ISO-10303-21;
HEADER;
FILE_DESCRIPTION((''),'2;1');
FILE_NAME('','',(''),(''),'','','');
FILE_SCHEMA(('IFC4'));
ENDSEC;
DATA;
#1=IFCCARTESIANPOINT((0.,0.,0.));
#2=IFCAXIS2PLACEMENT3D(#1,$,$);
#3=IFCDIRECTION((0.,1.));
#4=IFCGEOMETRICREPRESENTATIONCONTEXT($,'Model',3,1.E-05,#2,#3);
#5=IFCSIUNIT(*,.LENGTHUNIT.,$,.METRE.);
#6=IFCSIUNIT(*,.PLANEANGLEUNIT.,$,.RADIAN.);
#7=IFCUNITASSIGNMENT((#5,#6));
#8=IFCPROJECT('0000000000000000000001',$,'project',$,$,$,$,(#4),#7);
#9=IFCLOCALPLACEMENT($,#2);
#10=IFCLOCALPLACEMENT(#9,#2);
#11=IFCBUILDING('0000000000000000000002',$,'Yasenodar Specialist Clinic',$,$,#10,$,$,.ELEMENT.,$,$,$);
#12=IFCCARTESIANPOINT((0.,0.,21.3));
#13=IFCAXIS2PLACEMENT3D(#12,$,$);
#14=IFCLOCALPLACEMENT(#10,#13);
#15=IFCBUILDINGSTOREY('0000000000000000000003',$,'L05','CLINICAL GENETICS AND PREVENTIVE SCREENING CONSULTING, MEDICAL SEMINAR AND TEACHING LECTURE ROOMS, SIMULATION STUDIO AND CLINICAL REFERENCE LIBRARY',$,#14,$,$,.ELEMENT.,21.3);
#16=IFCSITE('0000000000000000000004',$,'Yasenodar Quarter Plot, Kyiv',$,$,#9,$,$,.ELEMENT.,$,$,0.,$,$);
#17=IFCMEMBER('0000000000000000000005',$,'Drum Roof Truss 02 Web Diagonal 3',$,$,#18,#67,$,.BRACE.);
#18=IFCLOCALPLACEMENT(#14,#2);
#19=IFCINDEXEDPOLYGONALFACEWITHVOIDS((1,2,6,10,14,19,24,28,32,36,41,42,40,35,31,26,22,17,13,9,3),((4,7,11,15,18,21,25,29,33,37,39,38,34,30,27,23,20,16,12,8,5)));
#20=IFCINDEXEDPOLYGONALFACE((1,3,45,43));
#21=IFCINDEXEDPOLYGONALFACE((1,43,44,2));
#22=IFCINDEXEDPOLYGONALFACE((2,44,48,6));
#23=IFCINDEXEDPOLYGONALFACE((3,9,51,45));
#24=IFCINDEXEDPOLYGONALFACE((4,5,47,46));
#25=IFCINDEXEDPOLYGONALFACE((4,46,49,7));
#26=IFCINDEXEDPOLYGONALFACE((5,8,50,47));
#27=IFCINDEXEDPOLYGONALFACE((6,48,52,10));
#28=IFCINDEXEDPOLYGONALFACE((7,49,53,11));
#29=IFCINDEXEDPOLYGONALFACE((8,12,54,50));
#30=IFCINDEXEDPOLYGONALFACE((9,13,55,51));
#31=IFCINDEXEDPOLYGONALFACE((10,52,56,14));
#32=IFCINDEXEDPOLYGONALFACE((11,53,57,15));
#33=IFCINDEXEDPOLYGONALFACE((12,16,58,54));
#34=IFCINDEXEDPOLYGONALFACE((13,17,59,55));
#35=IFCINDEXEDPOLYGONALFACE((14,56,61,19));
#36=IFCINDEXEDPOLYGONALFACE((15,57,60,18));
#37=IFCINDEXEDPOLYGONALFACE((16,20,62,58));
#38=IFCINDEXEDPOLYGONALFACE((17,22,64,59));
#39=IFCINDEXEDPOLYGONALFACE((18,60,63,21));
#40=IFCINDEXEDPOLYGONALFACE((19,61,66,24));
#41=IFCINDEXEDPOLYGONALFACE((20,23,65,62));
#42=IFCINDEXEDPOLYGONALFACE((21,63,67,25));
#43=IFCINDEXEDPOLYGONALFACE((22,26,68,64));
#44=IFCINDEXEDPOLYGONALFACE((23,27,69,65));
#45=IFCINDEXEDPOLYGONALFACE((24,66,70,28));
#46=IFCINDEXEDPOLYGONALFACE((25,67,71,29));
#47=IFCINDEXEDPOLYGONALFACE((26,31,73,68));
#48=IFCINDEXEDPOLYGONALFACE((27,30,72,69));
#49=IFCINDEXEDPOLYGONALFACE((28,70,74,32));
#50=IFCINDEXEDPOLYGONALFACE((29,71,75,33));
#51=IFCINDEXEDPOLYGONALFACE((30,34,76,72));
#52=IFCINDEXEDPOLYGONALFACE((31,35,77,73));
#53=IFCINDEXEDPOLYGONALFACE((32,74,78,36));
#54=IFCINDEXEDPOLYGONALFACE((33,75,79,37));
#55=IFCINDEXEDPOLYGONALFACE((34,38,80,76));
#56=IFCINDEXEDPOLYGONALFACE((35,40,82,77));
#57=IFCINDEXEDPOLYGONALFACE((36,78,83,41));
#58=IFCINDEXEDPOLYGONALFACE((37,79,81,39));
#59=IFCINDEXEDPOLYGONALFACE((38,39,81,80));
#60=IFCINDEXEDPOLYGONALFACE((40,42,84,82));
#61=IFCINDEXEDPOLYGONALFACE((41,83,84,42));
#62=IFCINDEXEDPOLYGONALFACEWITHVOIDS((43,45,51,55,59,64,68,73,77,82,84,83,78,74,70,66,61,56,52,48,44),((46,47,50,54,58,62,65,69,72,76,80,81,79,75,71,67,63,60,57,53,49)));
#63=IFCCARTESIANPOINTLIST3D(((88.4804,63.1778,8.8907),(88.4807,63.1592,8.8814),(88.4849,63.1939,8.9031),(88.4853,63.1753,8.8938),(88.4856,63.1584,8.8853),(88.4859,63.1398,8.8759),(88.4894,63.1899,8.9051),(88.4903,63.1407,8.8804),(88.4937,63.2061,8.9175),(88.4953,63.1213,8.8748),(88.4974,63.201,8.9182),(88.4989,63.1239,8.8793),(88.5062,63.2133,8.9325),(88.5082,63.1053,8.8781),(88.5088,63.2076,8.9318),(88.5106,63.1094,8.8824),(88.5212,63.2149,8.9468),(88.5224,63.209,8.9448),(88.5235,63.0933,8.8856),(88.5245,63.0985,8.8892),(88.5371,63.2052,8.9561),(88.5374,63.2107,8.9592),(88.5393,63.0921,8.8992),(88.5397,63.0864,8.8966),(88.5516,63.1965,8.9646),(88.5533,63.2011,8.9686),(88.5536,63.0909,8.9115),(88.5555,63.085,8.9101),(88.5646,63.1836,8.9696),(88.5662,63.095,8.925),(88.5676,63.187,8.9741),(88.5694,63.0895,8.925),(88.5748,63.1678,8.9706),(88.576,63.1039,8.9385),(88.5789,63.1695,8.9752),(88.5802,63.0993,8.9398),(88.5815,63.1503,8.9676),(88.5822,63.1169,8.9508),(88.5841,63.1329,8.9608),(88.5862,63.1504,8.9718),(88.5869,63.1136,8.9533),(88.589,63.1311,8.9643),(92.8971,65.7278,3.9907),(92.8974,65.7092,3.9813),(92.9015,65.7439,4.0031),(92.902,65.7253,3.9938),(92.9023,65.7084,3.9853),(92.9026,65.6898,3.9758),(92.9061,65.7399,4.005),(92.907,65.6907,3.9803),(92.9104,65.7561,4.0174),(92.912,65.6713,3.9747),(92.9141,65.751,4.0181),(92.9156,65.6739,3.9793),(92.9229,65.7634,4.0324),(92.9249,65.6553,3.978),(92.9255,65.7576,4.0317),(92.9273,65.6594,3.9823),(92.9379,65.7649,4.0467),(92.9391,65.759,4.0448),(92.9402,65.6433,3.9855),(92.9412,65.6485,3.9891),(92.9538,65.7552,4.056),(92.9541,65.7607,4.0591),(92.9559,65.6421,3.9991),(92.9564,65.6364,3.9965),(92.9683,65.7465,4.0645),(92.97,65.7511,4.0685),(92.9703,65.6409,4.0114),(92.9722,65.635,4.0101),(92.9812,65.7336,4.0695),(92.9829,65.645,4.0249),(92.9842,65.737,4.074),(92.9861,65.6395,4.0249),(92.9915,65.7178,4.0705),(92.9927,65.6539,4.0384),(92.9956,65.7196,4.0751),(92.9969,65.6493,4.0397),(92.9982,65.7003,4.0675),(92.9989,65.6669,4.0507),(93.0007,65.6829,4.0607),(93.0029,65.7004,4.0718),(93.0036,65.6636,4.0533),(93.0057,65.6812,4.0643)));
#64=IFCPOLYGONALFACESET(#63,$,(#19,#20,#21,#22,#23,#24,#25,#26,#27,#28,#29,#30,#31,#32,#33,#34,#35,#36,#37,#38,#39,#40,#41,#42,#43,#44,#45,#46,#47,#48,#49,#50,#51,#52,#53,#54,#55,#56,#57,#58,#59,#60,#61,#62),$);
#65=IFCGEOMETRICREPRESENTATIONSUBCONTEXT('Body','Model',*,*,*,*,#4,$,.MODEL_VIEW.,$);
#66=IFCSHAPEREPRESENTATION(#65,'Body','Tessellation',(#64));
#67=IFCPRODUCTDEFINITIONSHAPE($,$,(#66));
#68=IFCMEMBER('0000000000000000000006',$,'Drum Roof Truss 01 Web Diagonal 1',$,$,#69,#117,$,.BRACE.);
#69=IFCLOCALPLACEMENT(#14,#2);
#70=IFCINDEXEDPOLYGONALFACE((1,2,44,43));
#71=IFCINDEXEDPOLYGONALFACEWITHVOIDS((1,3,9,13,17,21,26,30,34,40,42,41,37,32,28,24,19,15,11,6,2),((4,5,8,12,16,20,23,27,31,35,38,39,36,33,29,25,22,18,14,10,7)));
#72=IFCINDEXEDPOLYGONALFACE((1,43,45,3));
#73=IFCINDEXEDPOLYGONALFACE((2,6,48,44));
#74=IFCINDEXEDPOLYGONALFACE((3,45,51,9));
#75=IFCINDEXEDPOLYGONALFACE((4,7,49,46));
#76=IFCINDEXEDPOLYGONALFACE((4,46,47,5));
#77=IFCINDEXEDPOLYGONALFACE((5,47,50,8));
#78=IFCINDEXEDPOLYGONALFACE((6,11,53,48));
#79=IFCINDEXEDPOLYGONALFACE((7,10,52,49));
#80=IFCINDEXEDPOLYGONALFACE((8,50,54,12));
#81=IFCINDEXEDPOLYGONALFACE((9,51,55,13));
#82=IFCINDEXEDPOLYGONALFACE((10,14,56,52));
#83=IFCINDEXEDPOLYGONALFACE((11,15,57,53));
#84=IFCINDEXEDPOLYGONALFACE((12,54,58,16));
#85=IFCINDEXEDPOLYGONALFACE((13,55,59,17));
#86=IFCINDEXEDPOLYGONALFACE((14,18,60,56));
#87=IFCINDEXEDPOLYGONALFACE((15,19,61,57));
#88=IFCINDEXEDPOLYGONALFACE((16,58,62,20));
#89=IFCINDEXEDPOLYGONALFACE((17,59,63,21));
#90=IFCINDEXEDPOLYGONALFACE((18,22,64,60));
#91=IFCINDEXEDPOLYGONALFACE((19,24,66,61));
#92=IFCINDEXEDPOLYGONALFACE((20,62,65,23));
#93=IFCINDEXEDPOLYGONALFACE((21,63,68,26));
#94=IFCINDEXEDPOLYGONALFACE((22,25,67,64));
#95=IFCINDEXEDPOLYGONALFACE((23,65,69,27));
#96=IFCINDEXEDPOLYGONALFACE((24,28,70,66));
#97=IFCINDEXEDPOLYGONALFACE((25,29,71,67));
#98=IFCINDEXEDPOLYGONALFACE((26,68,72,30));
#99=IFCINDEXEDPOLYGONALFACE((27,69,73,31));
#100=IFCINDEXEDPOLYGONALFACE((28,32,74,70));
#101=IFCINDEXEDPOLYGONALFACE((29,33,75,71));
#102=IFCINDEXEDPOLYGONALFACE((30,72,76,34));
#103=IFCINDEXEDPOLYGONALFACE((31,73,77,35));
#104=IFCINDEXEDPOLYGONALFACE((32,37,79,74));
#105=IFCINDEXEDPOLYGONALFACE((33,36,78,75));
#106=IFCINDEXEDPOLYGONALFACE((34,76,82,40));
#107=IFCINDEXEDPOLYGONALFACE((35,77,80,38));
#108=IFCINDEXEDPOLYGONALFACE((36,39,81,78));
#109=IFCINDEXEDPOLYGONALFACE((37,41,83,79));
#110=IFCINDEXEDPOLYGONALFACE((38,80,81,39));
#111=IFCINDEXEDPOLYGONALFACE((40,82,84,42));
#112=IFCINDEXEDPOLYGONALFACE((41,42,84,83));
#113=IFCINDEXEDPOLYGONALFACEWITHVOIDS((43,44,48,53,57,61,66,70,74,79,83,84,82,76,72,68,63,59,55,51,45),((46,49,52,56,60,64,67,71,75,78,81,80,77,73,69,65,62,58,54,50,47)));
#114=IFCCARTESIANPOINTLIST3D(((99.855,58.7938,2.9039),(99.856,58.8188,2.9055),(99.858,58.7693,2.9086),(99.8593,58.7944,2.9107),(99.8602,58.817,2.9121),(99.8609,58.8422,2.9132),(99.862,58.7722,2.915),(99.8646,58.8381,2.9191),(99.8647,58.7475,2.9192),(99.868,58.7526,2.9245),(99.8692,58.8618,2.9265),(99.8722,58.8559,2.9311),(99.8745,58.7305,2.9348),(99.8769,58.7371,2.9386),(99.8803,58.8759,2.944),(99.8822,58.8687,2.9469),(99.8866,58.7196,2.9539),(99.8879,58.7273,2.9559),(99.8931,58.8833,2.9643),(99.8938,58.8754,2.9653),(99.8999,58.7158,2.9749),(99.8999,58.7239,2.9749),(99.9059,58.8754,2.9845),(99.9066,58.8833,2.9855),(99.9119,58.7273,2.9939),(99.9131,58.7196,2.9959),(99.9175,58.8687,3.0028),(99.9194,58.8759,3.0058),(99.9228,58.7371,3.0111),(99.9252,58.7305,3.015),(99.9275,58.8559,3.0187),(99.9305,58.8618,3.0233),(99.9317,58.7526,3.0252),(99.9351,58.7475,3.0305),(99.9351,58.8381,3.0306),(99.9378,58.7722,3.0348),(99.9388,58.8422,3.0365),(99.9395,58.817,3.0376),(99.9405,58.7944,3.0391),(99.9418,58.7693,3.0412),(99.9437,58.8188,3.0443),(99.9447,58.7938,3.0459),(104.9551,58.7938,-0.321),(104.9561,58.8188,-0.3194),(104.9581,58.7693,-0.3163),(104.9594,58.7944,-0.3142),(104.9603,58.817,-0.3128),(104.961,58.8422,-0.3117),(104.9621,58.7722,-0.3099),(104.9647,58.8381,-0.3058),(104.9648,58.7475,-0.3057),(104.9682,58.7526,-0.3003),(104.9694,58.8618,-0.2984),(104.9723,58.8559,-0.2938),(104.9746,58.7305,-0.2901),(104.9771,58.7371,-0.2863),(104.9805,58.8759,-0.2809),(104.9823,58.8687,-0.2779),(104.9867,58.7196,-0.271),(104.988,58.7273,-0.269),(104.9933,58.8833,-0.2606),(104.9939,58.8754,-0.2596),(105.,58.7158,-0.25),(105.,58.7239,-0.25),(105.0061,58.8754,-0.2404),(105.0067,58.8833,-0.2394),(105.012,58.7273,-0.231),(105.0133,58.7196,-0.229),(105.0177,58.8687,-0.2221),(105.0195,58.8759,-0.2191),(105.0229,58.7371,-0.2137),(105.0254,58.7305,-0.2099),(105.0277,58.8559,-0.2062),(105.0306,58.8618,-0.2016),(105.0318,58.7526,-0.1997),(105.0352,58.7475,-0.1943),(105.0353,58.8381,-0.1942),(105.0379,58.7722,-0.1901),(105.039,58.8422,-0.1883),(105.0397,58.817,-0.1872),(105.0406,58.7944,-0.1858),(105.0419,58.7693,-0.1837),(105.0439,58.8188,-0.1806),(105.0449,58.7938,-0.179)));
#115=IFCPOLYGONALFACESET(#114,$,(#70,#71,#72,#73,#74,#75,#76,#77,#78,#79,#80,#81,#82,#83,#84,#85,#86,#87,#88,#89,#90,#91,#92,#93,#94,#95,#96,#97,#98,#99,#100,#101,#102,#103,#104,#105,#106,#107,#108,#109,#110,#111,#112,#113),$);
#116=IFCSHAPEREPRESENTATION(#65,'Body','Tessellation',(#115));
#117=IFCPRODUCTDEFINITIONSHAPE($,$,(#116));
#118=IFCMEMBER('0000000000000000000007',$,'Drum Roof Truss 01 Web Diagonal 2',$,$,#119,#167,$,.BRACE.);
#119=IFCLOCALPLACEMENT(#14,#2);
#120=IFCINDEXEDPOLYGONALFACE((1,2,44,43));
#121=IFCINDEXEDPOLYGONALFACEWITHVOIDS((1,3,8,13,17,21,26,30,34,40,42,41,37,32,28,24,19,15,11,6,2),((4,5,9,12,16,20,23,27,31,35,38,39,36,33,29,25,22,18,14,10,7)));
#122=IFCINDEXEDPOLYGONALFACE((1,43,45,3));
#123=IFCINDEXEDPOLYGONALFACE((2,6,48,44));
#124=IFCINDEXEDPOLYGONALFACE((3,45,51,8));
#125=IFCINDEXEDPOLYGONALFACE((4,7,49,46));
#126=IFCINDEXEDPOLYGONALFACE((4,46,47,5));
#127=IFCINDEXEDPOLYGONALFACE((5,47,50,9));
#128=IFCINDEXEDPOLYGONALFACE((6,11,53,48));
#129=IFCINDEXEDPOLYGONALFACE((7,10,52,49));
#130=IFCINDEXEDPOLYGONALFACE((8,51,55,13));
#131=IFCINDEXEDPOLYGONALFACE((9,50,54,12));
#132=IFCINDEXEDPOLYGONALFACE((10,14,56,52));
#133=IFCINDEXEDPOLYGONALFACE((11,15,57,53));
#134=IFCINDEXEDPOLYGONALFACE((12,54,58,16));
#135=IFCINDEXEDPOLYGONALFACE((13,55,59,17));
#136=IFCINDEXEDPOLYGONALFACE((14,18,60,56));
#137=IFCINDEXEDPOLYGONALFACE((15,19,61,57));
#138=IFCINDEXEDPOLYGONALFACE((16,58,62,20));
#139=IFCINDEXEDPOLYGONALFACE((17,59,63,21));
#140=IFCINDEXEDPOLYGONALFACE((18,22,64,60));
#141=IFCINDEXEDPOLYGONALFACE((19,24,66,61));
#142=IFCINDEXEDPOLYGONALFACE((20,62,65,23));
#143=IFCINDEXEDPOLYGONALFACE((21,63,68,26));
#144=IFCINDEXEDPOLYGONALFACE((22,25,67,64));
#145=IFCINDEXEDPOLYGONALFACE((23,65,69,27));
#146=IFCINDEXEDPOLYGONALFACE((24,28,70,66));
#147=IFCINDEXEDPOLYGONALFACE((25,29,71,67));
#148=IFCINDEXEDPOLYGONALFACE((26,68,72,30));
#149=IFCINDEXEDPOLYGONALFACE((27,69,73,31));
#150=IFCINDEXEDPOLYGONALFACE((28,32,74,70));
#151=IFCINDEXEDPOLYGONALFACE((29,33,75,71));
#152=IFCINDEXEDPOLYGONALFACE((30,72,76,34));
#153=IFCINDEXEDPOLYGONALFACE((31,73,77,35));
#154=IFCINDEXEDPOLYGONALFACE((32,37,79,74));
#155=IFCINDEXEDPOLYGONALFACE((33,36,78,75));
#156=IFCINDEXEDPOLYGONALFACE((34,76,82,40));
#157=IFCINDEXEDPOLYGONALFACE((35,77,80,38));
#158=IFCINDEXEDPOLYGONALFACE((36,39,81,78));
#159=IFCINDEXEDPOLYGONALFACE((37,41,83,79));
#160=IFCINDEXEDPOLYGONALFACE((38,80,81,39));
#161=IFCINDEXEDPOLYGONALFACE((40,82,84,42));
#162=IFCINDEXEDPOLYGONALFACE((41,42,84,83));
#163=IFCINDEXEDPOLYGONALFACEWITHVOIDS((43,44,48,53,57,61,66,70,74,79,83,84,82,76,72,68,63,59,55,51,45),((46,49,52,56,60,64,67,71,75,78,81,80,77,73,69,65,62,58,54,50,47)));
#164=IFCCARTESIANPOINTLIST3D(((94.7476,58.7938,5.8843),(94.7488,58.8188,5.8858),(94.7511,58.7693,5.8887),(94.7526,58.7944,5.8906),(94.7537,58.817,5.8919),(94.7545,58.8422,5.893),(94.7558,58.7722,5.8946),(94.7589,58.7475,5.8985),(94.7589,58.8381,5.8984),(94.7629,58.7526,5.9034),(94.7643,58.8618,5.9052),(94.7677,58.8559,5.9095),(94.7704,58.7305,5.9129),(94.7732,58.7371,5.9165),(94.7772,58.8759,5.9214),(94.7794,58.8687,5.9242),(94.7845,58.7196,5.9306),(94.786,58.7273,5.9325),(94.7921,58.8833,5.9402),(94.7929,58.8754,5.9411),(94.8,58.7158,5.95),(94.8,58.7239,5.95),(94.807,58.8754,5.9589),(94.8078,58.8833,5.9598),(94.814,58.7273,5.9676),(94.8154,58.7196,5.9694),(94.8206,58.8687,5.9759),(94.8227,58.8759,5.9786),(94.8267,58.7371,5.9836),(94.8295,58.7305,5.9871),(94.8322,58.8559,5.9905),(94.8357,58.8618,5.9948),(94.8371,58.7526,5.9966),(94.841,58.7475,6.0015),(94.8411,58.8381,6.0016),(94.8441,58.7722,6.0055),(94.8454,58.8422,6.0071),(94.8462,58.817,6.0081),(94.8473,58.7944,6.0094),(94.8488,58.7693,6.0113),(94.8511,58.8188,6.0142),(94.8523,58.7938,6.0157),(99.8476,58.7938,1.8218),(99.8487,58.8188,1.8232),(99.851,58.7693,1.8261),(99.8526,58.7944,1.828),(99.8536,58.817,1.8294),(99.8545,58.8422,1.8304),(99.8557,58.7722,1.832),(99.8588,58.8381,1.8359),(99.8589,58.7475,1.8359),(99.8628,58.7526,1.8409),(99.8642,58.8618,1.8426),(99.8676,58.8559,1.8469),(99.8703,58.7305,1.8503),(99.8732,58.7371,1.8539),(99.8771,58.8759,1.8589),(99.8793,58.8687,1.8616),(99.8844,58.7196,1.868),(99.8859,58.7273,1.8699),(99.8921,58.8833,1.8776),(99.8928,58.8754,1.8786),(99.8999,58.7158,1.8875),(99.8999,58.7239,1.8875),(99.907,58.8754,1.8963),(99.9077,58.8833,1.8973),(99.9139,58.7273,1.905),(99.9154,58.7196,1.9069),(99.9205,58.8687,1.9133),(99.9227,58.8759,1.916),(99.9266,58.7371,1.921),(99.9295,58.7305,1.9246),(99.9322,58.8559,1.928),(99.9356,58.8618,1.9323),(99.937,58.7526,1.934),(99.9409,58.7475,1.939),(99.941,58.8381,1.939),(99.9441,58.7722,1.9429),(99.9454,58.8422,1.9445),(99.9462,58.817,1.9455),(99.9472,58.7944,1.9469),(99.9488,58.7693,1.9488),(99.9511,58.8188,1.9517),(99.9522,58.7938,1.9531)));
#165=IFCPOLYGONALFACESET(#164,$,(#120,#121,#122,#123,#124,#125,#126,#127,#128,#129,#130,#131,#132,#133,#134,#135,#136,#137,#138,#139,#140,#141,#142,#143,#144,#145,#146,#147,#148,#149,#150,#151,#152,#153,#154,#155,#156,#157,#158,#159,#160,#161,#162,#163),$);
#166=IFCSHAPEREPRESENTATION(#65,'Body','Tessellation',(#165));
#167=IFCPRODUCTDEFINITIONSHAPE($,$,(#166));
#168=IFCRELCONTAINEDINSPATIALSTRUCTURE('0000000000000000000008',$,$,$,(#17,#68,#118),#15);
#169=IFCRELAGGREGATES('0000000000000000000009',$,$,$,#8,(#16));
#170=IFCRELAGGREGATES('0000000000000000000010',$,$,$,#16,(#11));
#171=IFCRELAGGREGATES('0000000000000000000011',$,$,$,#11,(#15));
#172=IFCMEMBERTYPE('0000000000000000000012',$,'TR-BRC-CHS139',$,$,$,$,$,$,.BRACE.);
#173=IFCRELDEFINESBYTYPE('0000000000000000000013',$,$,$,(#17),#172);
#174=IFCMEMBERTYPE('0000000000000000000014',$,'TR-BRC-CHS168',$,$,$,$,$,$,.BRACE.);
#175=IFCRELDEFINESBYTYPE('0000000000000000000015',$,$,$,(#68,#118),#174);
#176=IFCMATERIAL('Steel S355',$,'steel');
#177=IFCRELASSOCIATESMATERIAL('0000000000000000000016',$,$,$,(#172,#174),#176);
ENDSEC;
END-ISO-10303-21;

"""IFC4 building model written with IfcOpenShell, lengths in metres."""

from ifc_helpers import new_model, si_unit, direction, frame, origin, origin_2d, place, context, subcontext, project, spatial, hollow_circle, extrude, material, material_profile, profile_set, type_object, element, save


model = new_model("IFC4")

# Units and contexts
model_context = context("Model", 3, precision=1e-05, world=origin(), true_north=direction((0.0, 1.0)))
body_context = subcontext(model_context, "Body", "Model", "MODEL_VIEW")
ifc_project = project(units=[si_unit("LENGTHUNIT", "METRE"), si_unit("PLANEANGLEUNIT", "RADIAN")], contexts=[model_context])

# Site, building, storey
site_placement = place(None, origin())
site = spatial("IfcSite", under=ifc_project, at=site_placement, Name="Yasenodar Quarter Plot, Kyiv", CompositionType="ELEMENT", RefElevation=0.0)
building_placement = place(site_placement, origin())
building = spatial("IfcBuilding", under=site, at=building_placement, Name="Yasenodar Specialist Clinic", CompositionType="ELEMENT")
storey_placement = place(building_placement, frame((0.0, 0.0, 21.3)))
storey = spatial("IfcBuildingStorey", under=building, at=storey_placement, Name="L05", Description="CLINICAL GENETICS AND PREVENTIVE SCREENING CONSULTING, MEDICAL SEMINAR AND TEACHING LECTURE ROOMS, SIMULATION STUDIO AND CLINICAL REFERENCE LIBRARY", CompositionType="ELEMENT", Elevation=21.3)

# Members
ifc_material = material(Name="Steel S355", Category="steel")
ifc_material_profile_1 = material_profile(ifc_material, hollow_circle(Radius=0.0698, WallThickness=0.0063, at=origin_2d()), Name="CHS 139.7x6.3")
ifc_profile_set_1 = profile_set([ifc_material_profile_1], Name="Steel S355")
member_type_1 = type_object("IfcMemberType", Name="TR-BRC-CHS139", PredefinedType="BRACE", material=ifc_profile_set_1)
member_1_placement = place(storey_placement, frame((92.9512, 65.7, 4.0249), z_axis=(-0.624486, -0.360553, 0.692834), x_axis=(0.500006, -0.866022, 0.0)))
element("IfcMember", 1, at=member_1_placement, inside=storey, type_object=member_type_1, Name="Drum Roof Truss 02 Web Diagonal 3", PredefinedType="BRACE", context=body_context, shape_type="SweptSolid", body=[
    extrude(hollow_circle(Radius=0.0698, WallThickness=0.0063, at=origin_2d()), origin(), (0.0, 0.0, 1.0), 7.0725),
])
ifc_material_profile_2 = material_profile(ifc_material, hollow_circle(Radius=0.0842, WallThickness=0.0081, at=origin_2d()), Name="CHS 168.3x8")
ifc_profile_set_2 = profile_set([ifc_material_profile_2], Name="Steel S355")
member_type_2 = type_object("IfcMemberType", Name="TR-BRC-CHS168", PredefinedType="BRACE", material=ifc_profile_set_2)
member_2_placement = place(storey_placement, frame((105.0, 58.8, -0.25), z_axis=(-0.845209, 0.0, 0.534436), x_axis=(0.0, -1.0, 0.0)))
element("IfcMember", 2, at=member_2_placement, inside=storey, type_object=member_type_2, Name="Drum Roof Truss 01 Web Diagonal 1", PredefinedType="BRACE", context=body_context, shape_type="SweptSolid", body=[
    extrude(hollow_circle(Radius=0.0842, WallThickness=0.0081, at=origin_2d()), origin(), (0.0, 0.0, 1.0), 6.0342),
])
for number, where, z_axis, x_axis, name in (
    (3, (99.8999, 58.8, 1.8875), (-0.782168, 0.0, 0.623068), (0.0, -1.0, 0.0), "Drum Roof Truss 01 Web Diagonal 2"),
):
    element("IfcMember", number, at=place(storey_placement, frame(where, z_axis=z_axis, x_axis=x_axis)), inside=storey, type_object=member_type_2, Name=name, PredefinedType="BRACE", context=body_context, shape_type="SweptSolid", body=[
        extrude(hollow_circle(Radius=0.0842, WallThickness=0.0081, at=origin_2d()), origin(), (0.0, 0.0, 1.0), 6.5203),
    ])

save(model, "model.ifc")
